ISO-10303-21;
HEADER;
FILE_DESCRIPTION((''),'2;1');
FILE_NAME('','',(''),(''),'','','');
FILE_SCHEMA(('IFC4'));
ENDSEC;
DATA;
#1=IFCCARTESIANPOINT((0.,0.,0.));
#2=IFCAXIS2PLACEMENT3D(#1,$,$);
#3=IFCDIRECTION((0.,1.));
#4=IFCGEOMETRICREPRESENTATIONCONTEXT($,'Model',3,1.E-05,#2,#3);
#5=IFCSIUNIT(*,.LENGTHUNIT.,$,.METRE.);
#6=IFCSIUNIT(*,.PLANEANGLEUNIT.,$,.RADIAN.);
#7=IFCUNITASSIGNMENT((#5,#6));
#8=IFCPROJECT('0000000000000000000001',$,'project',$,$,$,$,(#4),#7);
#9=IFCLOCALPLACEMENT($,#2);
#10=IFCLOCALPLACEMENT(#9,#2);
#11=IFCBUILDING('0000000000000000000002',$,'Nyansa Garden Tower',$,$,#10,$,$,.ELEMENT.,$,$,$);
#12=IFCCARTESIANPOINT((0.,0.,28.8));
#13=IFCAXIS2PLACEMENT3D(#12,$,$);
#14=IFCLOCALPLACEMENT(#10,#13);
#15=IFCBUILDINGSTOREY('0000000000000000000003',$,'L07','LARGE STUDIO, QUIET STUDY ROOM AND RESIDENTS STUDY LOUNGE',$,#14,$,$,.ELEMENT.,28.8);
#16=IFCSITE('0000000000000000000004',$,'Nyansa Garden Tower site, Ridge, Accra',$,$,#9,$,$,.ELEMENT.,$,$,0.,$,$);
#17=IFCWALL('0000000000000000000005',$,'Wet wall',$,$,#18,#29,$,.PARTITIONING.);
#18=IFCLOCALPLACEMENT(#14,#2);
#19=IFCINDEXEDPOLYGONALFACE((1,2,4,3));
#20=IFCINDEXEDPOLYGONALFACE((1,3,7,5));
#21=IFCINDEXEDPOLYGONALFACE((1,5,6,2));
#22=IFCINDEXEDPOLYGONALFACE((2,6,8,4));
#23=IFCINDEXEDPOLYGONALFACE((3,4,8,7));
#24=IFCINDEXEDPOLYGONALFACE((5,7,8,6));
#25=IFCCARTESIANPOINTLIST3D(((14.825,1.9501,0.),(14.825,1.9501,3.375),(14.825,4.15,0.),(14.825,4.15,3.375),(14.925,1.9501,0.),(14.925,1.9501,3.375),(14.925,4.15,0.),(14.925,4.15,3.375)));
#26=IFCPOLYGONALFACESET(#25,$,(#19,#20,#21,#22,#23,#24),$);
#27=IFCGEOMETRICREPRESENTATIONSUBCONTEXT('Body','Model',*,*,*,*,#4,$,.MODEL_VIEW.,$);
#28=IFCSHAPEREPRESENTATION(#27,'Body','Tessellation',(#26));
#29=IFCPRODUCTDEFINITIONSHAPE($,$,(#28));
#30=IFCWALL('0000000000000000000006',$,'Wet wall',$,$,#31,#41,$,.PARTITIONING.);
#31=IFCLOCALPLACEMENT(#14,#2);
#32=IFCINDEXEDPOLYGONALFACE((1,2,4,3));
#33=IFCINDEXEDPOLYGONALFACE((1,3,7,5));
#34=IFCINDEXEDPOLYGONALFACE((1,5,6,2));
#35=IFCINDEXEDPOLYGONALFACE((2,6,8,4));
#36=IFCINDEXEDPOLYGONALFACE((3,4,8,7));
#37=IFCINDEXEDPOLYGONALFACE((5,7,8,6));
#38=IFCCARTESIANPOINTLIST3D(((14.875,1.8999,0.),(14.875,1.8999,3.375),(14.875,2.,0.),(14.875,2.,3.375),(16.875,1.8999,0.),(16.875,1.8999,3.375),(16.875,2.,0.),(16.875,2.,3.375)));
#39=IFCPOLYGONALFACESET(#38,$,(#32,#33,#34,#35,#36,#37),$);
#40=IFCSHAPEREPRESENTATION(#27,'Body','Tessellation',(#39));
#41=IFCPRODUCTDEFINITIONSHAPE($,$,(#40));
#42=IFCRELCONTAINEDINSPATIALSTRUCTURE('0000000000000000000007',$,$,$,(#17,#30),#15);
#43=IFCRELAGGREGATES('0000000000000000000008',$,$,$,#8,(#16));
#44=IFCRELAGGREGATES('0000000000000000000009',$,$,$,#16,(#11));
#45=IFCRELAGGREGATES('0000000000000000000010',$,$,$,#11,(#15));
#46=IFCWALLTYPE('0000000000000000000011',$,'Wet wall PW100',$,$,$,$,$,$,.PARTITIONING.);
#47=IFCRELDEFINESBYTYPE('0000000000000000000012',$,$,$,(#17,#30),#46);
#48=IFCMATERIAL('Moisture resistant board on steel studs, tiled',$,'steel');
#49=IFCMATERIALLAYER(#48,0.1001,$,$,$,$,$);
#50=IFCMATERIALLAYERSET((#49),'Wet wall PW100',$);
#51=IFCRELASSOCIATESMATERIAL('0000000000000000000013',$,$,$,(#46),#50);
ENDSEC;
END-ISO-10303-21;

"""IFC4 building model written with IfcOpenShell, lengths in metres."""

from ifc_helpers import new_model, si_unit, direction, frame, frame_2d, origin, place, context, subcontext, project, spatial, rectangle, extrude, material, layer, layer_set, type_object, element, save


model = new_model("IFC4")

# Units and contexts
model_context = context("Model", 3, precision=1e-05, world=origin(), true_north=direction((0.0, 1.0)))
body_context = subcontext(model_context, "Body", "Model", "MODEL_VIEW")
ifc_project = project(units=[si_unit("LENGTHUNIT", "METRE"), si_unit("PLANEANGLEUNIT", "RADIAN")], contexts=[model_context])

# Site, building, storey
site_placement = place(None, origin())
site = spatial("IfcSite", under=ifc_project, at=site_placement, Name="Nyansa Garden Tower site, Ridge, Accra", CompositionType="ELEMENT", RefElevation=0.0)
building_placement = place(site_placement, origin())
building = spatial("IfcBuilding", under=site, at=building_placement, Name="Nyansa Garden Tower", CompositionType="ELEMENT")
storey_placement = place(building_placement, frame((0.0, 0.0, 28.8)))
storey = spatial("IfcBuildingStorey", under=building, at=storey_placement, Name="L07", Description="LARGE STUDIO, QUIET STUDY ROOM AND RESIDENTS STUDY LOUNGE", CompositionType="ELEMENT", Elevation=28.8)

# Shared definitions
ifc_material_1 = material(Name="Moisture resistant board on steel studs, tiled", Category="steel")
ifc_layer_1 = layer(ifc_material_1, 0.1001)
ifc_layer_set_1 = layer_set([ifc_layer_1], Name="Wet wall PW100")
wall_type_1 = type_object("IfcWallType", Name="Wet wall PW100", PredefinedType="PARTITIONING", material=ifc_layer_set_1)

# Walls
wall_1_placement = place(storey_placement, frame((14.875, 1.95, 0.0), z_axis=(0.0, 0.0, 1.0), x_axis=(0.0, 1.0, 0.0)))
element("IfcWall", 1, at=wall_1_placement, inside=storey, type_object=wall_type_1, Name="Wet wall", PredefinedType="PARTITIONING", context=body_context, shape_type="SweptSolid", body=[
    extrude(rectangle(XDim=2.2, YDim=0.1001, at=frame_2d((1.1001, 0.0))), origin(), (0.0, 0.0, 1.0), 3.375),
])
wall_2_placement = place(storey_placement, frame((14.875, 1.95, 0.0), z_axis=(0.0, 0.0, 1.0), x_axis=(1.0, 0.0, 0.0)))
element("IfcWall", 2, at=wall_2_placement, inside=storey, type_object=wall_type_1, Name="Wet wall", PredefinedType="PARTITIONING", context=body_context, shape_type="SweptSolid", body=[
    extrude(rectangle(XDim=2.0, YDim=0.1001, at=frame_2d((1.0, 0.0))), origin(), (0.0, 0.0, 1.0), 3.375),
])

save(model, "model.ifc")
